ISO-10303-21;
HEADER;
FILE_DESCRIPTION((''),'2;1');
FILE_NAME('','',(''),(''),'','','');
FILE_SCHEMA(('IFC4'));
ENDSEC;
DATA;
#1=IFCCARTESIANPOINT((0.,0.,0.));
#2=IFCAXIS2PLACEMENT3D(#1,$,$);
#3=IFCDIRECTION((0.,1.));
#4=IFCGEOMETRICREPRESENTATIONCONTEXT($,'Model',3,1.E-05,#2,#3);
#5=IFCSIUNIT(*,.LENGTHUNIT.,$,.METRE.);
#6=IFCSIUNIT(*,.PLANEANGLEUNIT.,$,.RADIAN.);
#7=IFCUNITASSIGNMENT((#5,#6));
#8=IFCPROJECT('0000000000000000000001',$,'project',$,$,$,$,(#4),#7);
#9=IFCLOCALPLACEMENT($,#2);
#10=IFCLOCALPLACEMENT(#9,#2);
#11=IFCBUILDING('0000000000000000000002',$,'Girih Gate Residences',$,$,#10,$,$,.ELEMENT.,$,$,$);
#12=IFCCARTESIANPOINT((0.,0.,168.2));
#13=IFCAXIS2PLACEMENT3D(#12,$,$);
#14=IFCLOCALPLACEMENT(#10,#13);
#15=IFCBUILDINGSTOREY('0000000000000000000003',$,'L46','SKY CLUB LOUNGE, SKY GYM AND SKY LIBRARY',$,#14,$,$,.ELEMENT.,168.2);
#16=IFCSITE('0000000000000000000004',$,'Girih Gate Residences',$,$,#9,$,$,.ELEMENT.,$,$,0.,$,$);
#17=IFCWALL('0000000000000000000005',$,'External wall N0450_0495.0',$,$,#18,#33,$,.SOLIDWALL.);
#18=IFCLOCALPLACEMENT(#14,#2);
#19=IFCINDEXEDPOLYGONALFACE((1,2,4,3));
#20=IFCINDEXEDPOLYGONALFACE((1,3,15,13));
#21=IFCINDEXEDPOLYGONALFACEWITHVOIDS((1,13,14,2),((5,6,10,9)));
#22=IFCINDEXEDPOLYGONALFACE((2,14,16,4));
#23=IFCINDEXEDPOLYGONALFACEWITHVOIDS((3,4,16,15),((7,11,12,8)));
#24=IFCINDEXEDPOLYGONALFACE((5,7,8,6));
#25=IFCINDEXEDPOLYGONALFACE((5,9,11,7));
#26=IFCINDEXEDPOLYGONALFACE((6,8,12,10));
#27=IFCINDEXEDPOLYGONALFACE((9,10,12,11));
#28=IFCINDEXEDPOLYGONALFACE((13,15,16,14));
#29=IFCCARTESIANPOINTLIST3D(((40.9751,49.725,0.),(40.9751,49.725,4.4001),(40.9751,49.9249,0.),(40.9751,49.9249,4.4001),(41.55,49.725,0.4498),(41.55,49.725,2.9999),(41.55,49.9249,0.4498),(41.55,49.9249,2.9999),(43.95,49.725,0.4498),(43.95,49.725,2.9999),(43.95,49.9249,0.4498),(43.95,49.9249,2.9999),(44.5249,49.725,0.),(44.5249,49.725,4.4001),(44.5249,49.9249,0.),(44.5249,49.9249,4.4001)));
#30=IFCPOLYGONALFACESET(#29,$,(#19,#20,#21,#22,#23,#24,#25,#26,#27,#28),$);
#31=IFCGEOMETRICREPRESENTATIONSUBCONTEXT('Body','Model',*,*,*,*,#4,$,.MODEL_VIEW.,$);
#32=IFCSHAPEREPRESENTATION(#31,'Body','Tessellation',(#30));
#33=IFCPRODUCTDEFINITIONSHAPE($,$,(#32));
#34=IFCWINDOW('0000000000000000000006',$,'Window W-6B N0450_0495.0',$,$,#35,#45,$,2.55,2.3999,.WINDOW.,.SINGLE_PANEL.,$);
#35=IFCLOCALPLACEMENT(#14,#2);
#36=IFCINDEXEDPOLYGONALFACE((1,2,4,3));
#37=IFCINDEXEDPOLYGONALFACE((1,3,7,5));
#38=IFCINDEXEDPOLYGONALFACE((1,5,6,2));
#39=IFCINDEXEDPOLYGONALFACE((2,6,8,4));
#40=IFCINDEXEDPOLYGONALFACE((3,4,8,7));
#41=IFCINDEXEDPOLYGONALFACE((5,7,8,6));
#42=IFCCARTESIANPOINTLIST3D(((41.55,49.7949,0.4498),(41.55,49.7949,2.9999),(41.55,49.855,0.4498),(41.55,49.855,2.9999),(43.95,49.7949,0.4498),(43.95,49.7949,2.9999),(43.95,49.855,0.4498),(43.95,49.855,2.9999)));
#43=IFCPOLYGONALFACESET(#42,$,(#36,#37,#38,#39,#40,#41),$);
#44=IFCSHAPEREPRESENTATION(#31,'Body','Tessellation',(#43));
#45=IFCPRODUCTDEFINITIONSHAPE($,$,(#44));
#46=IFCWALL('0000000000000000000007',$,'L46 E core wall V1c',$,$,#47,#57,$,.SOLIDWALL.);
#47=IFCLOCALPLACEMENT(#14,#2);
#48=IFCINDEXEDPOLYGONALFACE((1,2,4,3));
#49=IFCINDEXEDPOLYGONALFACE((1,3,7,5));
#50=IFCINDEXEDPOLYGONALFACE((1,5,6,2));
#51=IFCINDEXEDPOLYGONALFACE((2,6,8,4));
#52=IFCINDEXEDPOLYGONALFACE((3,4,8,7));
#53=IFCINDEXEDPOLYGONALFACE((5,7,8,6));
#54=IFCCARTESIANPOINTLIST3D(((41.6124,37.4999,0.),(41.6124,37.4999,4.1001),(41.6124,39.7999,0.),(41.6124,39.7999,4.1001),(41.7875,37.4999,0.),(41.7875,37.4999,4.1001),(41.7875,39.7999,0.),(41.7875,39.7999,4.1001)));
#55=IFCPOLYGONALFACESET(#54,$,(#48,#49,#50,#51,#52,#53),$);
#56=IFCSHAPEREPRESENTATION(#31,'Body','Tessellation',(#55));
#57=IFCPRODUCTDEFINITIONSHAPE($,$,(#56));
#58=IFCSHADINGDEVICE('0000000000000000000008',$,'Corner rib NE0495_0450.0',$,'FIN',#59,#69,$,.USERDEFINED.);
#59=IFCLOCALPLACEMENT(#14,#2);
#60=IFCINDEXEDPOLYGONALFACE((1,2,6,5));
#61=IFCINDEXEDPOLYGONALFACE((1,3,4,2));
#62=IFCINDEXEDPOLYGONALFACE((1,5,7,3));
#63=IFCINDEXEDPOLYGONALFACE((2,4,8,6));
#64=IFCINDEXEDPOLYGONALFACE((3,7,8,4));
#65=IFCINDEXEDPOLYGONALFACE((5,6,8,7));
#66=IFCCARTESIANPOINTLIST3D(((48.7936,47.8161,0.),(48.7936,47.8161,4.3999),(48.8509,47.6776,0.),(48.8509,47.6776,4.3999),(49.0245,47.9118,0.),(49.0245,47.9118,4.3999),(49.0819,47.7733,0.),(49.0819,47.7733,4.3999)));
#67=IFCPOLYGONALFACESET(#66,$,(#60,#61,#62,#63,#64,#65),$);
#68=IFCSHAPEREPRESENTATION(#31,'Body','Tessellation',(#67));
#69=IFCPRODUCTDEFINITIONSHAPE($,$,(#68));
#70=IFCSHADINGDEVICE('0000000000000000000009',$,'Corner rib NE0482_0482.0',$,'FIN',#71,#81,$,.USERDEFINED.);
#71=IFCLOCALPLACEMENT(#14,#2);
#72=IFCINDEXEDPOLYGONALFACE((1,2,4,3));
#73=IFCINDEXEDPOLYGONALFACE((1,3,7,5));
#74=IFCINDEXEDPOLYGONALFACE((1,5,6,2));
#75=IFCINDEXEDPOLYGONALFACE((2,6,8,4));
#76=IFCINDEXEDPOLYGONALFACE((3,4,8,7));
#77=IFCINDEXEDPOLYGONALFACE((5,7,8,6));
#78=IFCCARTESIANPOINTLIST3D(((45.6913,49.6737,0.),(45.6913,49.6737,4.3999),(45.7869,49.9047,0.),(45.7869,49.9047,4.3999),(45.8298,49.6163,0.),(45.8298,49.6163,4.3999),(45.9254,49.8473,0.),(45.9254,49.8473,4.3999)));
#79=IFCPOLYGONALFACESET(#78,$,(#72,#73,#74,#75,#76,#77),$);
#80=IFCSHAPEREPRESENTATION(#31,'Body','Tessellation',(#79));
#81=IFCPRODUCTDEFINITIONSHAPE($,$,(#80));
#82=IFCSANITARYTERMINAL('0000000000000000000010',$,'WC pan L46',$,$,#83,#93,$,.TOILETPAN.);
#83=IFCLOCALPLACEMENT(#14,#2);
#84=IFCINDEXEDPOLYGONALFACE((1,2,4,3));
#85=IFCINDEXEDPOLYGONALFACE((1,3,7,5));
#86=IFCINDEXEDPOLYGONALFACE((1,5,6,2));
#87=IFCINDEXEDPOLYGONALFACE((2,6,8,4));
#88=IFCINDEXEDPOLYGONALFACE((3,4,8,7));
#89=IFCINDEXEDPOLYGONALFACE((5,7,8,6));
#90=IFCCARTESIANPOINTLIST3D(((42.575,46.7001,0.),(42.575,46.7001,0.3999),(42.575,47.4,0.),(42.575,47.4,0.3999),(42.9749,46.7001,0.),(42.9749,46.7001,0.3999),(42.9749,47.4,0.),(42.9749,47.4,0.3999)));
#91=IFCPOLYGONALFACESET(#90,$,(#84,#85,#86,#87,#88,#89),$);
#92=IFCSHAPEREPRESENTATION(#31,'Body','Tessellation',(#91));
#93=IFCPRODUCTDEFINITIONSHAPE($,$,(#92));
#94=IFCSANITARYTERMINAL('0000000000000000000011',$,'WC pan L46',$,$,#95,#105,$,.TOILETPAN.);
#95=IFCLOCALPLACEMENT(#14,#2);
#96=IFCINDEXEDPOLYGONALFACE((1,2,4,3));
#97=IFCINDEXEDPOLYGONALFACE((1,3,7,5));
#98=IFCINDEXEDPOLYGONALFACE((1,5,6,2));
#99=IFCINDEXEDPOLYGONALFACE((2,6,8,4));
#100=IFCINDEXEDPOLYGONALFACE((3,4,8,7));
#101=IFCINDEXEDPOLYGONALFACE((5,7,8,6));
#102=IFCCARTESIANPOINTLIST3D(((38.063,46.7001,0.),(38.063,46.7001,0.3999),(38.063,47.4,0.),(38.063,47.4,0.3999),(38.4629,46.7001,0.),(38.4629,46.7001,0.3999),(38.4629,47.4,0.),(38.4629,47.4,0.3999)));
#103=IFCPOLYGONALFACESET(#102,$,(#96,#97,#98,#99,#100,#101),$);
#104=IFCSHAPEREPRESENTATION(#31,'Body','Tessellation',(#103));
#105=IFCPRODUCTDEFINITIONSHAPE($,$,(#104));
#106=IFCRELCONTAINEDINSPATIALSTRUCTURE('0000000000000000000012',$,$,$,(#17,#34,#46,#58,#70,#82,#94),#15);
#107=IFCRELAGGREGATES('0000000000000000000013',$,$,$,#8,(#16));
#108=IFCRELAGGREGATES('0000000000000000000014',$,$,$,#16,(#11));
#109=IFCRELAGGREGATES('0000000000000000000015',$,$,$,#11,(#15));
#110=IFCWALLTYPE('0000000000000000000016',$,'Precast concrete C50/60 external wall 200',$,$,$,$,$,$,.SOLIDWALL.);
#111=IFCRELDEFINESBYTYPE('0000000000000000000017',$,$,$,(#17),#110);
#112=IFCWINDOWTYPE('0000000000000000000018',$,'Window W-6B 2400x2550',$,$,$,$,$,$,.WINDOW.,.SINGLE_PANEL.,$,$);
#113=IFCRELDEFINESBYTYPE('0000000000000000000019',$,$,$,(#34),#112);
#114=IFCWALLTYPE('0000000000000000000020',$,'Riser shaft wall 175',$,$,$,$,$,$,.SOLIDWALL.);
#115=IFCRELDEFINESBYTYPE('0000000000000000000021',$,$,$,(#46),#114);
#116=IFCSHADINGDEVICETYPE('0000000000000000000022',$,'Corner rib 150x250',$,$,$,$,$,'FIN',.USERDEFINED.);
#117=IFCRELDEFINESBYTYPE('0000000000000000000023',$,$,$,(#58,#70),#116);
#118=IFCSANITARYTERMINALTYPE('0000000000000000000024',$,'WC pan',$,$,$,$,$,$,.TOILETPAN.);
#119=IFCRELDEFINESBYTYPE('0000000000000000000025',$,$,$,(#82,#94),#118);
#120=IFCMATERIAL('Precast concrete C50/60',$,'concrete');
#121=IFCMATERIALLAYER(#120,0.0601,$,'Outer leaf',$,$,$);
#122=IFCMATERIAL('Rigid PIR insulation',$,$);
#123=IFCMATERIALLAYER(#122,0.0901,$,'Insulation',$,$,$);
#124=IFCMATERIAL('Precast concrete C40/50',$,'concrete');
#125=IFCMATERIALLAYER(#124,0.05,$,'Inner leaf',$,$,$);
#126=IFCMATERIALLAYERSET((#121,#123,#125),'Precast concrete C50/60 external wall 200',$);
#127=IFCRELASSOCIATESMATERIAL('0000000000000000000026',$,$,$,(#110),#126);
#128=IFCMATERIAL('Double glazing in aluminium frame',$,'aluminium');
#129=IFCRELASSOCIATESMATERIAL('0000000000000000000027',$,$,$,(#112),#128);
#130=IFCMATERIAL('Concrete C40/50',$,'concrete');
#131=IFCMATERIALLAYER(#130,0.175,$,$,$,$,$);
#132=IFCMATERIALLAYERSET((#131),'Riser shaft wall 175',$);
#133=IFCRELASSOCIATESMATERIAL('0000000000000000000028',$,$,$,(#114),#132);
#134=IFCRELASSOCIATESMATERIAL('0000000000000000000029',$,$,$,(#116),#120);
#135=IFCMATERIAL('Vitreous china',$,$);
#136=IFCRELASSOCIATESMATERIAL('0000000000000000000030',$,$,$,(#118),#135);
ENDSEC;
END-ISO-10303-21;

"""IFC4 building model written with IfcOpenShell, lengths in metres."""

from ifc_helpers import new_model, si_unit, direction, frame, frame_2d, origin, origin_2d, place, context, subcontext, project, spatial, rectangle, extrude, material, layer, layer_set, type_object, element, fill, save


model = new_model("IFC4")

# Units and contexts
model_context = context("Model", 3, precision=1e-05, world=origin(), true_north=direction((0.0, 1.0)))
body_context = subcontext(model_context, "Body", "Model", "MODEL_VIEW")
ifc_project = project(units=[si_unit("LENGTHUNIT", "METRE"), si_unit("PLANEANGLEUNIT", "RADIAN")], contexts=[model_context])

# Site, building, storey
site_placement = place(None, origin())
site = spatial("IfcSite", under=ifc_project, at=site_placement, Name="Girih Gate Residences", CompositionType="ELEMENT", RefElevation=0.0)
building_placement = place(site_placement, origin())
building = spatial("IfcBuilding", under=site, at=building_placement, Name="Girih Gate Residences", CompositionType="ELEMENT")
storey_placement = place(building_placement, frame((0.0, 0.0, 168.2)))
storey = spatial("IfcBuildingStorey", under=building, at=storey_placement, Name="L46", Description="SKY CLUB LOUNGE, SKY GYM AND SKY LIBRARY", CompositionType="ELEMENT", Elevation=168.2)

# Wall, opening, window
ifc_material_1 = material(Name="Precast concrete C50/60", Category="concrete")
ifc_layer_1 = layer(ifc_material_1, 0.0601, Name="Outer leaf")
ifc_material_2 = material(Name="Rigid PIR insulation")
ifc_layer_2 = layer(ifc_material_2, 0.0901, Name="Insulation")
ifc_material_3 = material(Name="Precast concrete C40/50", Category="concrete")
ifc_layer_3 = layer(ifc_material_3, 0.05, Name="Inner leaf")
ifc_layer_set_1 = layer_set([ifc_layer_1, ifc_layer_2, ifc_layer_3], Name="Precast concrete C50/60 external wall 200")
wall_type_1 = type_object("IfcWallType", Name="Precast concrete C50/60 external wall 200", PredefinedType="SOLIDWALL", material=ifc_layer_set_1)
ifc_material_4 = material(Name="Double glazing in aluminium frame", Category="aluminium")
window_type_1 = type_object("IfcWindowType", Name="Window W-6B 2400x2550", PartitioningType="SINGLE_PANEL", PredefinedType="WINDOW", material=ifc_material_4)
wall_1_placement = place(storey_placement, frame((40.9751, 49.825, 0.0), z_axis=(0.0, 0.0, 1.0), x_axis=(1.0, 0.0, 0.0)))
wall_1 = element("IfcWall", 1, at=wall_1_placement, inside=storey, type_object=wall_type_1, Name="External wall N0450_0495.0", PredefinedType="SOLIDWALL", context=body_context, shape_type="SweptSolid", body=[
    extrude(rectangle(XDim=3.5498, YDim=0.2, at=frame_2d((1.7749, 0.0))), origin(), (0.0, 0.0, 1.0), 4.4001),
])
opening_1_placement = place(wall_1_placement, frame((0.575, 0.0, 0.45)))
opening_1 = element("IfcOpeningElement", 2, at=opening_1_placement, cuts=wall_1, PredefinedType="OPENING", context=body_context, shape_type="SweptSolid", body=[
    extrude(rectangle(XDim=2.3999, YDim=2.55, at=frame_2d((1.2, 1.2749))), frame((0.0, 0.1099, 0.0), z_axis=(0.0, -1.0, 0.0), x_axis=(1.0, 0.0, 0.0)), (0.0, 0.0, 1.0), 0.22),
])
window_1_placement = place(opening_1_placement, origin())
window_1 = element("IfcWindow", 3, at=window_1_placement, inside=storey, type_object=window_type_1, Name="Window W-6B N0450_0495.0", OverallHeight=2.55, OverallWidth=2.3999, PartitioningType="SINGLE_PANEL", PredefinedType="WINDOW", context=body_context, shape_type="SweptSolid", body=[
    extrude(rectangle(XDim=2.3999, YDim=2.55, at=frame_2d((1.2, 1.2749))), frame((0.0, 0.03, 0.0), z_axis=(0.0, -1.0, 0.0), x_axis=(1.0, 0.0, 0.0)), (0.0, 0.0, 1.0), 0.0601),
])
fill(opening_1, window_1)

# Wall
ifc_material_5 = material(Name="Concrete C40/50", Category="concrete")
ifc_layer_4 = layer(ifc_material_5, 0.175)
ifc_layer_set_2 = layer_set([ifc_layer_4], Name="Riser shaft wall 175")
wall_type_2 = type_object("IfcWallType", Name="Riser shaft wall 175", PredefinedType="SOLIDWALL", material=ifc_layer_set_2)
wall_2_placement = place(storey_placement, frame((41.7, 37.5, 0.0), z_axis=(0.0, 0.0, 1.0), x_axis=(0.0, 1.0, 0.0)))
element("IfcWall", 4, at=wall_2_placement, inside=storey, type_object=wall_type_2, Name="L46 E core wall V1c", PredefinedType="SOLIDWALL", context=body_context, shape_type="SweptSolid", body=[
    extrude(rectangle(XDim=2.3, YDim=0.175, at=frame_2d((1.1499, 0.0))), origin(), (0.0, 0.0, 1.0), 4.1001),
])

# Shading devices
shading_device_type = type_object("IfcShadingDeviceType", Name="Corner rib 150x250", ElementType="FIN", PredefinedType="USERDEFINED", material=ifc_material_1)
for number, where, z_axis, x_axis, name in (
    (5, (48.9377, 47.7947, 0.0), (0.0, 0.0, 1.0), (-0.382683, 0.92388, 0.0), "Corner rib NE0495_0450.0"),
    (6, (45.8083, 49.7605, 0.0), (0.0, 0.0, 1.0), (-0.92388, 0.382683, 0.0), "Corner rib NE0482_0482.0"),
):
    element("IfcShadingDevice", number, at=place(storey_placement, frame(where, z_axis=z_axis, x_axis=x_axis)), inside=storey, type_object=shading_device_type, Name=name, ObjectType="FIN", PredefinedType="USERDEFINED", context=body_context, shape_type="SweptSolid", body=[
        extrude(rectangle(XDim=0.1499, YDim=0.25, at=origin_2d()), origin(), (0.0, 0.0, 1.0), 4.3999),
    ])

# Sanitary terminals
ifc_material_6 = material(Name="Vitreous china")
sanitary_terminal_type = type_object("IfcSanitaryTerminalType", Name="WC pan", PredefinedType="TOILETPAN", material=ifc_material_6)
for number, where, z_axis, x_axis, name in (
    (7, (42.7749, 47.05, 0.0), (0.0, 0.0, 1.0), (1.0, 0.0, 0.0), "WC pan L46"),
    (8, (38.2629, 47.05, 0.0), (0.0, 0.0, 1.0), (1.0, 0.0, 0.0), "WC pan L46"),
):
    element("IfcSanitaryTerminal", number, at=place(storey_placement, frame(where, z_axis=z_axis, x_axis=x_axis)), inside=storey, type_object=sanitary_terminal_type, Name=name, PredefinedType="TOILETPAN", context=body_context, shape_type="SweptSolid", body=[
        extrude(rectangle(XDim=0.3999, YDim=0.7, at=origin_2d()), origin(), (0.0, 0.0, 1.0), 0.3999),
    ])

save(model, "model.ifc")
